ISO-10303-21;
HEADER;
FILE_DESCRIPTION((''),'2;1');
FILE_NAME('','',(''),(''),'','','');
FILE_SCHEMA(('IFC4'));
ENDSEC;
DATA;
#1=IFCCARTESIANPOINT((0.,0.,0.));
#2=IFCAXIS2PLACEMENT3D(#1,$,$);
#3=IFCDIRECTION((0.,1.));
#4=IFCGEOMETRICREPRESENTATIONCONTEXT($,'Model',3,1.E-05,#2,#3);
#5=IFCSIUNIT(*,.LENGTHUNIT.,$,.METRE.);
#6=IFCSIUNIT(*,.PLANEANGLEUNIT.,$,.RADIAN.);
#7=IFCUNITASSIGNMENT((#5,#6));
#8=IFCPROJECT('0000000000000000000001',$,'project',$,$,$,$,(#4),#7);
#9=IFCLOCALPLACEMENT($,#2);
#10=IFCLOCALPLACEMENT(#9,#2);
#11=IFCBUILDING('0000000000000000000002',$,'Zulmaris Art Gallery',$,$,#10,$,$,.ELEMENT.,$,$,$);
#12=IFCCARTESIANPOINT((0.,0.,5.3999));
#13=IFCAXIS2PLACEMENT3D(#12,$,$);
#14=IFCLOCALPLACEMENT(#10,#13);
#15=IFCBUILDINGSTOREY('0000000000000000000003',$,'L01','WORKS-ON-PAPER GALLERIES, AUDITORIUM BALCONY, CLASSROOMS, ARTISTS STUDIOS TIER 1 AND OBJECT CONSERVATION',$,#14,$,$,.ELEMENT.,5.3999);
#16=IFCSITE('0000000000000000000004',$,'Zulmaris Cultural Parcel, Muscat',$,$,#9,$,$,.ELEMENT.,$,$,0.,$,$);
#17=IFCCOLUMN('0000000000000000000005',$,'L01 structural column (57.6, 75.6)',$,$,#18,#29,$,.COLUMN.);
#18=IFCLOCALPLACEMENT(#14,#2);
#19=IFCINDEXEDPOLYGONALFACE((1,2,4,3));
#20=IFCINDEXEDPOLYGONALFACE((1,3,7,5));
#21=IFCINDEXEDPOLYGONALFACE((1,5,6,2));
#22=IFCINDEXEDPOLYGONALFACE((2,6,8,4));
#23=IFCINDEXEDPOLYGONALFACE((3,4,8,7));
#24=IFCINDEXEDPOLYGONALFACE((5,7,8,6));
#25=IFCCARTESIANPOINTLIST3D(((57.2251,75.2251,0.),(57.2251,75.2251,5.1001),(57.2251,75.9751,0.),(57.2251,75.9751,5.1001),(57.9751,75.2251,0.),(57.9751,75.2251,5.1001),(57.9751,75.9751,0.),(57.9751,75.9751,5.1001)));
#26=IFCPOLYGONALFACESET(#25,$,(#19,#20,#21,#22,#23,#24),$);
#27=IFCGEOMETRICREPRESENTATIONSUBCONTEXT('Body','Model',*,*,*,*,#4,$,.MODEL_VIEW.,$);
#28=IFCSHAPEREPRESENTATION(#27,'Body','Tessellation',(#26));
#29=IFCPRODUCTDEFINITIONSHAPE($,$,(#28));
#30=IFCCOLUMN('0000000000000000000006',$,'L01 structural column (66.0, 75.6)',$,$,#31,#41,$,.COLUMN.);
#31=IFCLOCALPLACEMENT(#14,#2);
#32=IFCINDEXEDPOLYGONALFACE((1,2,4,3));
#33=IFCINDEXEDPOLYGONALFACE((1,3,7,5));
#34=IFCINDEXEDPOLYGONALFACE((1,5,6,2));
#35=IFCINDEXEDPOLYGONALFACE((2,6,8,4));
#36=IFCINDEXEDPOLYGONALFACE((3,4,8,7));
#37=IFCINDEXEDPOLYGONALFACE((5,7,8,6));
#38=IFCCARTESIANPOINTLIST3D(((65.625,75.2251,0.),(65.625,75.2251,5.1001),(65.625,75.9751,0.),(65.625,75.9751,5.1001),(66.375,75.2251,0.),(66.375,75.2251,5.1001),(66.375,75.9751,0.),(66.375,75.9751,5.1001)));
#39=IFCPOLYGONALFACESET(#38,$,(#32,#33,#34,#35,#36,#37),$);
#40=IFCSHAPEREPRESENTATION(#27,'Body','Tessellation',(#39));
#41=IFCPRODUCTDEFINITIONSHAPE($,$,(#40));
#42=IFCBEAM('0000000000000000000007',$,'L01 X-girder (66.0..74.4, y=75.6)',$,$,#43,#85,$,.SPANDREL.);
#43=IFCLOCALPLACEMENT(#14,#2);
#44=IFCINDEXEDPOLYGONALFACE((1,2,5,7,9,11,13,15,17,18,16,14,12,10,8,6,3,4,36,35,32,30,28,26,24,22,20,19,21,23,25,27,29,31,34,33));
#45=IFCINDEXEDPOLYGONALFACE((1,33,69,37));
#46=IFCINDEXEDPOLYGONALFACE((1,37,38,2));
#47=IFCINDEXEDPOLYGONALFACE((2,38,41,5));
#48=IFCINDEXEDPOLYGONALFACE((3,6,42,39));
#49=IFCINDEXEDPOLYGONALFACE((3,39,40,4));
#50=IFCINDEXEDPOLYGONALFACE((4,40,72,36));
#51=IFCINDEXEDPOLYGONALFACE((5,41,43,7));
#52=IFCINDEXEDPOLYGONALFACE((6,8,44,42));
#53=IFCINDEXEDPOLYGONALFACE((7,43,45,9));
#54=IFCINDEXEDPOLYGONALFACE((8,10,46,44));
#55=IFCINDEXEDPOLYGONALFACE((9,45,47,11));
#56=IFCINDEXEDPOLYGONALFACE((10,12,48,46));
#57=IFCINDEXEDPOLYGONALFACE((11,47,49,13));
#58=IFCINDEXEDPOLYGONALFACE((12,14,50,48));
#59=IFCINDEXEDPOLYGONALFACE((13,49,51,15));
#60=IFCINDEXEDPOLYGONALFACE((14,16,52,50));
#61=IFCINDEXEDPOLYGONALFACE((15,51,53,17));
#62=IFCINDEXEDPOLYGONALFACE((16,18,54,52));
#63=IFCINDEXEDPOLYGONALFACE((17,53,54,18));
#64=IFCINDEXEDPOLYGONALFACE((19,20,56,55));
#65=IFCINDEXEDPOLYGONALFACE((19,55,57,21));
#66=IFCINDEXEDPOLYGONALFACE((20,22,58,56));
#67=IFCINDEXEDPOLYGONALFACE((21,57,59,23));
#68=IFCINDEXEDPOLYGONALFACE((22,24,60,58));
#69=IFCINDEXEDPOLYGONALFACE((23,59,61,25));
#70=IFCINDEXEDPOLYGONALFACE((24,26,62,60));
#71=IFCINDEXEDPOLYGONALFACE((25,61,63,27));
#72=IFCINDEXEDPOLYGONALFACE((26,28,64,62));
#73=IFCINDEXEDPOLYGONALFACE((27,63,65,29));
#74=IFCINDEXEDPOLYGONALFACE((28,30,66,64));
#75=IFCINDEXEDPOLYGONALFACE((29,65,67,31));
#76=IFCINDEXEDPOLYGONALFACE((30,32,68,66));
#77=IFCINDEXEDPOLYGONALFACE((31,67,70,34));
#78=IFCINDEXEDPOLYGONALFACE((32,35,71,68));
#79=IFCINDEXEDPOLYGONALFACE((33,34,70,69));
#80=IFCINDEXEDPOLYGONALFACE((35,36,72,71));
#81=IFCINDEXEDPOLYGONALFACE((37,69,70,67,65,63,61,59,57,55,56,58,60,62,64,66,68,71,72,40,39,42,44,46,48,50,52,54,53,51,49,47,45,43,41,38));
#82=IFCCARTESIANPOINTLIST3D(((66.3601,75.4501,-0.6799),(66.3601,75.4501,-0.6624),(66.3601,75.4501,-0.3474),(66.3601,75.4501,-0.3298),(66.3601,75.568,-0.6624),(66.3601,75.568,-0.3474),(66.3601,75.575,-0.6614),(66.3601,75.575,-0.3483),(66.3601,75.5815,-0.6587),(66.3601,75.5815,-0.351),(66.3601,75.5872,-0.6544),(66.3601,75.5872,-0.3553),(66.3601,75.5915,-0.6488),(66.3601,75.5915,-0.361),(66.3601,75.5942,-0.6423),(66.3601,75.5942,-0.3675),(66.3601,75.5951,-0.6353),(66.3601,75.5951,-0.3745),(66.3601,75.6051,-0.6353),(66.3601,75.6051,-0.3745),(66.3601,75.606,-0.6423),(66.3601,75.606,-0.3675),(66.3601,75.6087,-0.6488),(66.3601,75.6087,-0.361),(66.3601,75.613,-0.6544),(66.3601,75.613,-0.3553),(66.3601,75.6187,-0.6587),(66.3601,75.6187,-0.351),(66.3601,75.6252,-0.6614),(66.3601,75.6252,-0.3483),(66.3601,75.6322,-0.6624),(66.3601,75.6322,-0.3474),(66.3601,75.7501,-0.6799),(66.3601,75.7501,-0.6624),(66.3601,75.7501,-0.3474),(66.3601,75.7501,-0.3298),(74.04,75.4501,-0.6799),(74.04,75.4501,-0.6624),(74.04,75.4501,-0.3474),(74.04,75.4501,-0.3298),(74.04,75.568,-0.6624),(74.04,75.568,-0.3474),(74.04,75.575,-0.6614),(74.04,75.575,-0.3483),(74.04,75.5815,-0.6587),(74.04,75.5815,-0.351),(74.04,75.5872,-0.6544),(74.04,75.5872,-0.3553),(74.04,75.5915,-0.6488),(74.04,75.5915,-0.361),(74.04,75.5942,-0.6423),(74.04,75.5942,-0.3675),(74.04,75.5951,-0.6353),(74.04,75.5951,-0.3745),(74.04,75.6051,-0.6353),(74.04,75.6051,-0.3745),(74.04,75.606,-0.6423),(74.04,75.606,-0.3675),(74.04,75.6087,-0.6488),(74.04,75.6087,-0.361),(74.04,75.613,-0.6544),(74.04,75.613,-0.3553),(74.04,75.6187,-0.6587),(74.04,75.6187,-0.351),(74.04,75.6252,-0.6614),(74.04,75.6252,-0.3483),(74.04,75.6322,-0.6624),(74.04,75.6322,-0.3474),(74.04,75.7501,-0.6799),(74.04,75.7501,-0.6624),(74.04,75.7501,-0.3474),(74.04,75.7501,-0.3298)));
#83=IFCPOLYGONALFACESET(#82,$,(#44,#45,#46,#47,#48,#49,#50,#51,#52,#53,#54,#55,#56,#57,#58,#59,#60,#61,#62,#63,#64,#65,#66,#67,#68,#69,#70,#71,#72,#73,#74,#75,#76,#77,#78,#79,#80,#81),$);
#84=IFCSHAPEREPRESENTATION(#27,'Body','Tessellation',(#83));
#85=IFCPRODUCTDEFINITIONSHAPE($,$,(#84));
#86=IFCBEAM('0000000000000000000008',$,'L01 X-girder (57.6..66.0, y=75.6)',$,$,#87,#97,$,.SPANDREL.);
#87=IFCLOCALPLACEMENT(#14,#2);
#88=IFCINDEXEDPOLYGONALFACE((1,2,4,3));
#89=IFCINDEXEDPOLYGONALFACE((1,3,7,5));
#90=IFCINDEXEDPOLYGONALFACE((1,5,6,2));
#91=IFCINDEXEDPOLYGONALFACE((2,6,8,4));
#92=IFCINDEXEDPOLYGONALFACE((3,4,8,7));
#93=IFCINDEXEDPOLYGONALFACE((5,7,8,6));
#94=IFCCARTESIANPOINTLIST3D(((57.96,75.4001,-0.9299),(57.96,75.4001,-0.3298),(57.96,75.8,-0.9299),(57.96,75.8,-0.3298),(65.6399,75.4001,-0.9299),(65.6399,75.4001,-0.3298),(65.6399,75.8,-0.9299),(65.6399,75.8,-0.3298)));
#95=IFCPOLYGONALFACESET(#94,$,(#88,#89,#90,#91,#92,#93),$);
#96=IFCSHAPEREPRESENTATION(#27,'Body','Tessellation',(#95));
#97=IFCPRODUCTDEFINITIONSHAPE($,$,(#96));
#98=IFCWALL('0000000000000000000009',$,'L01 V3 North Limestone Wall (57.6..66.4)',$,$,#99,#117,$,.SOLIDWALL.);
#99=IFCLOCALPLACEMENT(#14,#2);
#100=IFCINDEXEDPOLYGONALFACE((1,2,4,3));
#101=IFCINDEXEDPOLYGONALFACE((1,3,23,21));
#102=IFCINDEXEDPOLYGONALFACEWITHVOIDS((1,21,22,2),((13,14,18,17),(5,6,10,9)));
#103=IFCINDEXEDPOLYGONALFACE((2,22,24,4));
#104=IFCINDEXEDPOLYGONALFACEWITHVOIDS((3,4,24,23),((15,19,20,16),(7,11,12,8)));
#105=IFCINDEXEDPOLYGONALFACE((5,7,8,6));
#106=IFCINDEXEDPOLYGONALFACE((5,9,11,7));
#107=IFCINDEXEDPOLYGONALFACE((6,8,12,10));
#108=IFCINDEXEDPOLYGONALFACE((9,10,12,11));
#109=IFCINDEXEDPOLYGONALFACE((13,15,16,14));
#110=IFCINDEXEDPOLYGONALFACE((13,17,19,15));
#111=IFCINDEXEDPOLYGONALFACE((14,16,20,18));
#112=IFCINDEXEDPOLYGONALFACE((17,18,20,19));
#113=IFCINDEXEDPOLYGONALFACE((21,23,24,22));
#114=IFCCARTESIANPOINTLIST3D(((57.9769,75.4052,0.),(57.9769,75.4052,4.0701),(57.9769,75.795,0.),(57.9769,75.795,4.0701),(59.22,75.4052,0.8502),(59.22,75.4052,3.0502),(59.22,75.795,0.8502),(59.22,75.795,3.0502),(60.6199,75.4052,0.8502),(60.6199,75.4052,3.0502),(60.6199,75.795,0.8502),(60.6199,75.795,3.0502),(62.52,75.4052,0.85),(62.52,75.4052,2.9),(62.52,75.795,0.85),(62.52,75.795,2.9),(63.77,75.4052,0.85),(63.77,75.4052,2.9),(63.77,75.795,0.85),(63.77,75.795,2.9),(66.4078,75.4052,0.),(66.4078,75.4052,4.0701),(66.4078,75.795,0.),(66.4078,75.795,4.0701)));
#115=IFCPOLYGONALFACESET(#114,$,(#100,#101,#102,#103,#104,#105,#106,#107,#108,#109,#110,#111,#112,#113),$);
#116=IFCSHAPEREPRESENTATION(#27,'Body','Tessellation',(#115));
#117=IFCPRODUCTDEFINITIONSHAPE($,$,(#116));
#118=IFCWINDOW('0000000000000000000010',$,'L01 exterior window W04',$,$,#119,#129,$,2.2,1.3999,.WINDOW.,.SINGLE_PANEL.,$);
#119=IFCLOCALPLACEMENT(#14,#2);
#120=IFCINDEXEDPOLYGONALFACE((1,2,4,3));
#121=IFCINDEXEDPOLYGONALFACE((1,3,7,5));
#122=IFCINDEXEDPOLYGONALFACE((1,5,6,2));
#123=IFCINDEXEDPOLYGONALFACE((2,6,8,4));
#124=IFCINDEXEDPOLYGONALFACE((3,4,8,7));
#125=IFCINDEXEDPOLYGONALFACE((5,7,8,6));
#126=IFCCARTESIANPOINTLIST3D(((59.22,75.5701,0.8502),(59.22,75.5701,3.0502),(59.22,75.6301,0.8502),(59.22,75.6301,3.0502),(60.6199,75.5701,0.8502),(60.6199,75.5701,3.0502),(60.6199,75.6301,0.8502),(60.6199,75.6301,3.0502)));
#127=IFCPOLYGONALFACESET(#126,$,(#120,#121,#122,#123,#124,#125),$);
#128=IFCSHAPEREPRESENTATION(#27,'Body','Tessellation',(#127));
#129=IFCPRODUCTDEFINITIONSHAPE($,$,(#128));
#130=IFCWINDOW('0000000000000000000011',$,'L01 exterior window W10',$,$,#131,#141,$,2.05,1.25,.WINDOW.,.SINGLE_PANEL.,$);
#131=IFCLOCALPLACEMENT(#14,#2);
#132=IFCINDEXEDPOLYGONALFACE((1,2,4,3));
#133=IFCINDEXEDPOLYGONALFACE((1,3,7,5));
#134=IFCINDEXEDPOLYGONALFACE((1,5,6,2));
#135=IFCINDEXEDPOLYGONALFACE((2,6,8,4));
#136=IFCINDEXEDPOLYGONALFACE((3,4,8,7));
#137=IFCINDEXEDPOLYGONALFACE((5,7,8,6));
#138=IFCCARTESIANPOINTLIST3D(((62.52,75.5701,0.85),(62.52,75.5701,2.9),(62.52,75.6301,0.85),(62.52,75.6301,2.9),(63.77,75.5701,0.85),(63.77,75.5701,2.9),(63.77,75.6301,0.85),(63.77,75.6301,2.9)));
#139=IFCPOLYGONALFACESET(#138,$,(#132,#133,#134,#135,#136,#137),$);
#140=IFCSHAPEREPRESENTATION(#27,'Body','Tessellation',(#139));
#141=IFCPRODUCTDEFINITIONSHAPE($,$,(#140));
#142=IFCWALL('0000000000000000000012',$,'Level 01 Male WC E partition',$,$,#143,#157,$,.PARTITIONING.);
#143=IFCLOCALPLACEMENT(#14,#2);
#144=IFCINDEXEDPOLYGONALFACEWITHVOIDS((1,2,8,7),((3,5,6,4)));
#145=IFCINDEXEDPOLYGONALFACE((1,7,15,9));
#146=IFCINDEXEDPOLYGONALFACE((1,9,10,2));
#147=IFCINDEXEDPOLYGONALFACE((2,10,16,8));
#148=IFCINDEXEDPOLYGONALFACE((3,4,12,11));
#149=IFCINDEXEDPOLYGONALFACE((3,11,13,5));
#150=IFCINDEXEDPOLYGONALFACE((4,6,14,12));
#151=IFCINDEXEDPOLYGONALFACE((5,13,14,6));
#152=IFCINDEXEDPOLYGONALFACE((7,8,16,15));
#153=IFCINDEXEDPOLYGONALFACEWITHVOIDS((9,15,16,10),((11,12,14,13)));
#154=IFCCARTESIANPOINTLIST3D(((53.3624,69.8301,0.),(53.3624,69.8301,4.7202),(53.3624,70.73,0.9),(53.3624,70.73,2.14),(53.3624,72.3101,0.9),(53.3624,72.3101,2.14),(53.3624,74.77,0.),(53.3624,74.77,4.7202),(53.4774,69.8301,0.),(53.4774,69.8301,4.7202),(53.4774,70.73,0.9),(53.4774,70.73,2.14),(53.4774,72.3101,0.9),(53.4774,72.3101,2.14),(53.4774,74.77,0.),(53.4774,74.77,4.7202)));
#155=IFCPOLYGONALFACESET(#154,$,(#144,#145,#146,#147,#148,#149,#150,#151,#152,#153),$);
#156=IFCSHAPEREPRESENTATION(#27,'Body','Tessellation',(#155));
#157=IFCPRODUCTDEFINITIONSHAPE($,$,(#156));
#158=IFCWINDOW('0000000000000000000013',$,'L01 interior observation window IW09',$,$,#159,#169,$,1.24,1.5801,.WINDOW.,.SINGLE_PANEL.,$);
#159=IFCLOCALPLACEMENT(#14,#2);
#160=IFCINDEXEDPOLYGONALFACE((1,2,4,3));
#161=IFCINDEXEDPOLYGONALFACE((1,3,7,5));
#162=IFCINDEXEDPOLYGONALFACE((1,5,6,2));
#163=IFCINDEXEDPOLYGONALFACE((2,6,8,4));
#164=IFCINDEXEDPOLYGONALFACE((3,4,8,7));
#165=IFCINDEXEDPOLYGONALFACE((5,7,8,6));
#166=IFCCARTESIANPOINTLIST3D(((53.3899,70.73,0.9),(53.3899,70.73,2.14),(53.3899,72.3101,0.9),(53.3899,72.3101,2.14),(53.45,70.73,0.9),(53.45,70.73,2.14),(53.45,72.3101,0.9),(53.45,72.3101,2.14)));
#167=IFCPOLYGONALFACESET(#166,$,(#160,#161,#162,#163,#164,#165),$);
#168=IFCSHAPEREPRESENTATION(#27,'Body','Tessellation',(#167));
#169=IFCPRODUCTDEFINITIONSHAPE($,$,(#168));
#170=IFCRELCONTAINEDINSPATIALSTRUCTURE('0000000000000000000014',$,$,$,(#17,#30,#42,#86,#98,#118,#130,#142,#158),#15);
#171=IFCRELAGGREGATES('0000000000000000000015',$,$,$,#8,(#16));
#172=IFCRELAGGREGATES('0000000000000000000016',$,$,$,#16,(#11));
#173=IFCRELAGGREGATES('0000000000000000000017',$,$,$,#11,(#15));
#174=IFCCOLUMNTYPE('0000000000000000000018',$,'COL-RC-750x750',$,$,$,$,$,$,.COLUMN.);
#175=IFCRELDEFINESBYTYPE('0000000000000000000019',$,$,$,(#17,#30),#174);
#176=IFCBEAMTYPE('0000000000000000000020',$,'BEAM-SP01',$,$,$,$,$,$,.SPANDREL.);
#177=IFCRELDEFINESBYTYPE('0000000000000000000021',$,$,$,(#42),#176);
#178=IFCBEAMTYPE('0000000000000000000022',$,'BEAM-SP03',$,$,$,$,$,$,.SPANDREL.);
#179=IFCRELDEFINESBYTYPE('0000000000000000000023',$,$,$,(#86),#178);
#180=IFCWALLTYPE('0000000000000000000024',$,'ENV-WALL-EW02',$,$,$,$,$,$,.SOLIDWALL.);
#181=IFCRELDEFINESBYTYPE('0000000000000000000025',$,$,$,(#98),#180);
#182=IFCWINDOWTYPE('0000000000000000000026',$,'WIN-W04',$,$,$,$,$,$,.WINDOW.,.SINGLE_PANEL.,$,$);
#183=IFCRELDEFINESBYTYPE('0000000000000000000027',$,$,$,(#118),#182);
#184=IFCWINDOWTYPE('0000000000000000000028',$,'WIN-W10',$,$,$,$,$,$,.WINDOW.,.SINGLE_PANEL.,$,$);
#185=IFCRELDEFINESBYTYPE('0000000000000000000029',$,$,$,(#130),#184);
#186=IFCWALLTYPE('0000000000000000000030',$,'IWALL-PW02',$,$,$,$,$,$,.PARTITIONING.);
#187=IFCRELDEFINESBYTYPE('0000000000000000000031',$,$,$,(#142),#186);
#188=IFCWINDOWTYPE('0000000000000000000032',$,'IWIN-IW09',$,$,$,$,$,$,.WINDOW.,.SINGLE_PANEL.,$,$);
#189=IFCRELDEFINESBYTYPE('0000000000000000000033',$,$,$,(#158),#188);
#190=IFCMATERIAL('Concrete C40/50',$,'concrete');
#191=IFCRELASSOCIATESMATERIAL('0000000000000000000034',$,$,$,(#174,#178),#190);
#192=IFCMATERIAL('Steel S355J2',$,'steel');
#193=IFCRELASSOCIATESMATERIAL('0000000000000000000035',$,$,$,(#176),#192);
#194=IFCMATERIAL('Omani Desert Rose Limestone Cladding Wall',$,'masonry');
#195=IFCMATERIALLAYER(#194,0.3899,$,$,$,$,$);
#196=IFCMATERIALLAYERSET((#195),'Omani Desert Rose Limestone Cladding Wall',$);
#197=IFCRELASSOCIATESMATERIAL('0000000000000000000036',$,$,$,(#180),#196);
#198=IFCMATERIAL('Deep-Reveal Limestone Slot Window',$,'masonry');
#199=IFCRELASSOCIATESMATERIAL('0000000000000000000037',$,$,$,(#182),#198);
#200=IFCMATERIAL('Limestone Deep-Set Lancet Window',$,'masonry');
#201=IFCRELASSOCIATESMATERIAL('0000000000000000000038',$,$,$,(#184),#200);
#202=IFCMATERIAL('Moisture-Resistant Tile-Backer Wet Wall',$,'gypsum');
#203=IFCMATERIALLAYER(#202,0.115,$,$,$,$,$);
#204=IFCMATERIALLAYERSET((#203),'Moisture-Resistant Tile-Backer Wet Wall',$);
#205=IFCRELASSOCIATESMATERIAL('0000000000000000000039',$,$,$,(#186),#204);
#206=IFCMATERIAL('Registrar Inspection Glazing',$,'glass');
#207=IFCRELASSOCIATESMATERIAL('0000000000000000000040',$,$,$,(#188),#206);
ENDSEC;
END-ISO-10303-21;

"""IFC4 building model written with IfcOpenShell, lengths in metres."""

from ifc_helpers import new_model, si_unit, direction, frame, frame_2d, origin, origin_2d, place, context, subcontext, project, spatial, rectangle, i_section, extrude, material, layer, layer_set, material_profile, profile_set, type_object, element, fill, save


model = new_model("IFC4")

# Units and contexts
model_context = context("Model", 3, precision=1e-05, world=origin(), true_north=direction((0.0, 1.0)))
body_context = subcontext(model_context, "Body", "Model", "MODEL_VIEW")
ifc_project = project(units=[si_unit("LENGTHUNIT", "METRE"), si_unit("PLANEANGLEUNIT", "RADIAN")], contexts=[model_context])

# Site, building, storey
site_placement = place(None, origin())
site = spatial("IfcSite", under=ifc_project, at=site_placement, Name="Zulmaris Cultural Parcel, Muscat", CompositionType="ELEMENT", RefElevation=0.0)
building_placement = place(site_placement, origin())
building = spatial("IfcBuilding", under=site, at=building_placement, Name="Zulmaris Art Gallery", CompositionType="ELEMENT")
storey_placement = place(building_placement, frame((0.0, 0.0, 5.3999)))
storey = spatial("IfcBuildingStorey", under=building, at=storey_placement, Name="L01", Description="WORKS-ON-PAPER GALLERIES, AUDITORIUM BALCONY, CLASSROOMS, ARTISTS STUDIOS TIER 1 AND OBJECT CONSERVATION", CompositionType="ELEMENT", Elevation=5.3999)

# Columns
ifc_material_1 = material(Name="Concrete C40/50", Category="concrete")
ifc_material_profile_1 = material_profile(ifc_material_1, rectangle(XDim=0.75, YDim=0.75, at=origin_2d()), Name="RC 750x750")
ifc_profile_set_1 = profile_set([ifc_material_profile_1], Name="Concrete C40/50")
column_type = type_object("IfcColumnType", Name="COL-RC-750x750", PredefinedType="COLUMN", material=ifc_profile_set_1)
for number, where, z_axis, x_axis, name in (
    (1, (57.6001, 75.6001, 0.0), (0.0, 0.0, 1.0), (1.0, 0.0, 0.0), "L01 structural column (57.6, 75.6)"),
    (2, (66.0, 75.6001, 0.0), (0.0, 0.0, 1.0), (1.0, 0.0, 0.0), "L01 structural column (66.0, 75.6)"),
):
    element("IfcColumn", number, at=place(storey_placement, frame(where, z_axis=z_axis, x_axis=x_axis)), inside=storey, type_object=column_type, Name=name, PredefinedType="COLUMN", context=body_context, shape_type="SweptSolid", body=[
        extrude(rectangle(XDim=0.75, YDim=0.75, at=origin_2d()), origin(), (0.0, 0.0, 1.0), 5.1001),
    ])

# Beams
ifc_material_2 = material(Name="Steel S355J2", Category="steel")
ifc_material_profile_2 = material_profile(ifc_material_2, i_section(OverallWidth=0.3, OverallDepth=0.3501, WebThickness=0.01, FlangeThickness=0.0176, FilletRadius=0.0271, at=origin_2d()), Name="HEA 360")
ifc_profile_set_2 = profile_set([ifc_material_profile_2], Name="Steel S355J2")
beam_type_1 = type_object("IfcBeamType", Name="BEAM-SP01", PredefinedType="SPANDREL", material=ifc_profile_set_2)
beam_1_placement = place(storey_placement, frame((66.3601, 75.6001, -0.5049), z_axis=(1.0, 0.0, 0.0), x_axis=(0.0, 1.0, 0.0)))
element("IfcBeam", 3, at=beam_1_placement, inside=storey, type_object=beam_type_1, Name="L01 X-girder (66.0..74.4, y=75.6)", PredefinedType="SPANDREL", context=body_context, shape_type="SweptSolid", body=[
    extrude(i_section(OverallWidth=0.3, OverallDepth=0.3501, WebThickness=0.01, FlangeThickness=0.0176, FilletRadius=0.0271, at=origin_2d()), origin(), (0.0, 0.0, 1.0), 7.6799),
])
ifc_material_profile_3 = material_profile(ifc_material_1, rectangle(XDim=0.3999, YDim=0.6001, at=origin_2d()), Name="RC 400x600")
ifc_profile_set_3 = profile_set([ifc_material_profile_3], Name="Concrete C40/50")
beam_type_2 = type_object("IfcBeamType", Name="BEAM-SP03", PredefinedType="SPANDREL", material=ifc_profile_set_3)
beam_2_placement = place(storey_placement, frame((57.96, 75.6001, -0.6299), z_axis=(1.0, 0.0, 0.0), x_axis=(0.0, 1.0, 0.0)))
element("IfcBeam", 4, at=beam_2_placement, inside=storey, type_object=beam_type_2, Name="L01 X-girder (57.6..66.0, y=75.6)", PredefinedType="SPANDREL", context=body_context, shape_type="SweptSolid", body=[
    extrude(rectangle(XDim=0.3999, YDim=0.6001, at=origin_2d()), origin(), (0.0, 0.0, 1.0), 7.6799),
])

# Wall, openings, windows
ifc_material_3 = material(Name="Omani Desert Rose Limestone Cladding Wall", Category="masonry")
ifc_layer_1 = layer(ifc_material_3, 0.3899)
ifc_layer_set_1 = layer_set([ifc_layer_1], Name="Omani Desert Rose Limestone Cladding Wall")
wall_type_1 = type_object("IfcWallType", Name="ENV-WALL-EW02", PredefinedType="SOLIDWALL", material=ifc_layer_set_1)
wall_1_placement = place(storey_placement, frame((57.9771, 75.6001, 0.0), z_axis=(0.0, 0.0, 1.0), x_axis=(1.0, 0.0, 0.0)))
wall_1 = element("IfcWall", 5, at=wall_1_placement, inside=storey, type_object=wall_type_1, Name="L01 V3 North Limestone Wall (57.6..66.4)", PredefinedType="SOLIDWALL", context=body_context, shape_type="SweptSolid", body=[
    extrude(rectangle(XDim=8.4309, YDim=0.3899, at=frame_2d((4.2153, 0.0))), origin(), (0.0, 0.0, 1.0), 4.0701),
])
opening_1_placement = place(wall_1_placement, frame((1.2429, 0.0, 0.8501)))
opening_1 = element("IfcOpeningElement", 6, at=opening_1_placement, cuts=wall_1, PredefinedType="OPENING", context=body_context, shape_type="SweptSolid", body=[
    extrude(rectangle(XDim=1.3999, YDim=2.2, at=frame_2d((0.7, 1.1001))), frame((0.0, 0.2048, 0.0), z_axis=(0.0, -1.0, 0.0), x_axis=(1.0, 0.0, 0.0)), (0.0, 0.0, 1.0), 0.4099),
])
opening_2_placement = place(wall_1_placement, frame((4.543, 0.0, 0.8501)))
opening_2 = element("IfcOpeningElement", 7, at=opening_2_placement, cuts=wall_1, PredefinedType="OPENING", context=body_context, shape_type="SweptSolid", body=[
    extrude(rectangle(XDim=1.25, YDim=2.05, at=frame_2d((0.625, 1.0249))), frame((0.0, 0.2048, 0.0), z_axis=(0.0, -1.0, 0.0), x_axis=(1.0, 0.0, 0.0)), (0.0, 0.0, 1.0), 0.4099),
])
ifc_material_4 = material(Name="Deep-Reveal Limestone Slot Window", Category="masonry")
window_type_1 = type_object("IfcWindowType", Name="WIN-W04", PartitioningType="SINGLE_PANEL", PredefinedType="WINDOW", material=ifc_material_4)
window_1_placement = place(opening_1_placement, origin())
window_1 = element("IfcWindow", 8, at=window_1_placement, inside=storey, type_object=window_type_1, Name="L01 exterior window W04", OverallHeight=2.2, OverallWidth=1.3999, PartitioningType="SINGLE_PANEL", PredefinedType="WINDOW", context=body_context, shape_type="SweptSolid", body=[
    extrude(rectangle(XDim=1.3999, YDim=2.2, at=frame_2d((0.7, 1.1001))), frame((0.0, 0.03, 0.0), z_axis=(0.0, -1.0, 0.0), x_axis=(1.0, 0.0, 0.0)), (0.0, 0.0, 1.0), 0.0601),
])
fill(opening_1, window_1)
ifc_material_5 = material(Name="Limestone Deep-Set Lancet Window", Category="masonry")
window_type_2 = type_object("IfcWindowType", Name="WIN-W10", PartitioningType="SINGLE_PANEL", PredefinedType="WINDOW", material=ifc_material_5)
window_2_placement = place(opening_2_placement, origin())
window_2 = element("IfcWindow", 9, at=window_2_placement, inside=storey, type_object=window_type_2, Name="L01 exterior window W10", OverallHeight=2.05, OverallWidth=1.25, PartitioningType="SINGLE_PANEL", PredefinedType="WINDOW", context=body_context, shape_type="SweptSolid", body=[
    extrude(rectangle(XDim=1.25, YDim=2.05, at=frame_2d((0.625, 1.0249))), frame((0.0, 0.03, 0.0), z_axis=(0.0, -1.0, 0.0), x_axis=(1.0, 0.0, 0.0)), (0.0, 0.0, 1.0), 0.0601),
])
fill(opening_2, window_2)

# Wall, opening, window
ifc_material_6 = material(Name="Moisture-Resistant Tile-Backer Wet Wall", Category="gypsum")
ifc_layer_2 = layer(ifc_material_6, 0.115)
ifc_layer_set_2 = layer_set([ifc_layer_2], Name="Moisture-Resistant Tile-Backer Wet Wall")
wall_type_2 = type_object("IfcWallType", Name="IWALL-PW02", PredefinedType="PARTITIONING", material=ifc_layer_set_2)
wall_2_placement = place(storey_placement, frame((53.4199, 69.8301, 0.0), z_axis=(0.0, 0.0, 1.0), x_axis=(0.0, 1.0, 0.0)))
wall_2 = element("IfcWall", 10, at=wall_2_placement, inside=storey, type_object=wall_type_2, Name="Level 01 Male WC E partition", PredefinedType="PARTITIONING", context=body_context, shape_type="SweptSolid", body=[
    extrude(rectangle(XDim=4.9399, YDim=0.115, at=frame_2d((2.47, 0.0))), origin(), (0.0, 0.0, 1.0), 4.7202),
])
opening_3_placement = place(wall_2_placement, frame((0.8999, 0.0, 0.8999)))
opening_3 = element("IfcOpeningElement", 11, at=opening_3_placement, cuts=wall_2, PredefinedType="OPENING", context=body_context, shape_type="SweptSolid", body=[
    extrude(rectangle(XDim=1.5801, YDim=1.24, at=frame_2d((0.79, 0.6201))), frame((0.0, 0.0674, 0.0), z_axis=(0.0, -1.0, 0.0), x_axis=(1.0, 0.0, 0.0)), (0.0, 0.0, 1.0), 0.135),
])
ifc_material_7 = material(Name="Registrar Inspection Glazing", Category="glass")
window_type_3 = type_object("IfcWindowType", Name="IWIN-IW09", PartitioningType="SINGLE_PANEL", PredefinedType="WINDOW", material=ifc_material_7)
window_3_placement = place(opening_3_placement, origin())
window_3 = element("IfcWindow", 12, at=window_3_placement, inside=storey, type_object=window_type_3, Name="L01 interior observation window IW09", OverallHeight=1.24, OverallWidth=1.5801, PartitioningType="SINGLE_PANEL", PredefinedType="WINDOW", context=body_context, shape_type="SweptSolid", body=[
    extrude(rectangle(XDim=1.5801, YDim=1.24, at=frame_2d((0.79, 0.6201))), frame((0.0, 0.03, 0.0), z_axis=(0.0, -1.0, 0.0), x_axis=(1.0, 0.0, 0.0)), (0.0, 0.0, 1.0), 0.0601),
])
fill(opening_3, window_3)

save(model, "model.ifc")
